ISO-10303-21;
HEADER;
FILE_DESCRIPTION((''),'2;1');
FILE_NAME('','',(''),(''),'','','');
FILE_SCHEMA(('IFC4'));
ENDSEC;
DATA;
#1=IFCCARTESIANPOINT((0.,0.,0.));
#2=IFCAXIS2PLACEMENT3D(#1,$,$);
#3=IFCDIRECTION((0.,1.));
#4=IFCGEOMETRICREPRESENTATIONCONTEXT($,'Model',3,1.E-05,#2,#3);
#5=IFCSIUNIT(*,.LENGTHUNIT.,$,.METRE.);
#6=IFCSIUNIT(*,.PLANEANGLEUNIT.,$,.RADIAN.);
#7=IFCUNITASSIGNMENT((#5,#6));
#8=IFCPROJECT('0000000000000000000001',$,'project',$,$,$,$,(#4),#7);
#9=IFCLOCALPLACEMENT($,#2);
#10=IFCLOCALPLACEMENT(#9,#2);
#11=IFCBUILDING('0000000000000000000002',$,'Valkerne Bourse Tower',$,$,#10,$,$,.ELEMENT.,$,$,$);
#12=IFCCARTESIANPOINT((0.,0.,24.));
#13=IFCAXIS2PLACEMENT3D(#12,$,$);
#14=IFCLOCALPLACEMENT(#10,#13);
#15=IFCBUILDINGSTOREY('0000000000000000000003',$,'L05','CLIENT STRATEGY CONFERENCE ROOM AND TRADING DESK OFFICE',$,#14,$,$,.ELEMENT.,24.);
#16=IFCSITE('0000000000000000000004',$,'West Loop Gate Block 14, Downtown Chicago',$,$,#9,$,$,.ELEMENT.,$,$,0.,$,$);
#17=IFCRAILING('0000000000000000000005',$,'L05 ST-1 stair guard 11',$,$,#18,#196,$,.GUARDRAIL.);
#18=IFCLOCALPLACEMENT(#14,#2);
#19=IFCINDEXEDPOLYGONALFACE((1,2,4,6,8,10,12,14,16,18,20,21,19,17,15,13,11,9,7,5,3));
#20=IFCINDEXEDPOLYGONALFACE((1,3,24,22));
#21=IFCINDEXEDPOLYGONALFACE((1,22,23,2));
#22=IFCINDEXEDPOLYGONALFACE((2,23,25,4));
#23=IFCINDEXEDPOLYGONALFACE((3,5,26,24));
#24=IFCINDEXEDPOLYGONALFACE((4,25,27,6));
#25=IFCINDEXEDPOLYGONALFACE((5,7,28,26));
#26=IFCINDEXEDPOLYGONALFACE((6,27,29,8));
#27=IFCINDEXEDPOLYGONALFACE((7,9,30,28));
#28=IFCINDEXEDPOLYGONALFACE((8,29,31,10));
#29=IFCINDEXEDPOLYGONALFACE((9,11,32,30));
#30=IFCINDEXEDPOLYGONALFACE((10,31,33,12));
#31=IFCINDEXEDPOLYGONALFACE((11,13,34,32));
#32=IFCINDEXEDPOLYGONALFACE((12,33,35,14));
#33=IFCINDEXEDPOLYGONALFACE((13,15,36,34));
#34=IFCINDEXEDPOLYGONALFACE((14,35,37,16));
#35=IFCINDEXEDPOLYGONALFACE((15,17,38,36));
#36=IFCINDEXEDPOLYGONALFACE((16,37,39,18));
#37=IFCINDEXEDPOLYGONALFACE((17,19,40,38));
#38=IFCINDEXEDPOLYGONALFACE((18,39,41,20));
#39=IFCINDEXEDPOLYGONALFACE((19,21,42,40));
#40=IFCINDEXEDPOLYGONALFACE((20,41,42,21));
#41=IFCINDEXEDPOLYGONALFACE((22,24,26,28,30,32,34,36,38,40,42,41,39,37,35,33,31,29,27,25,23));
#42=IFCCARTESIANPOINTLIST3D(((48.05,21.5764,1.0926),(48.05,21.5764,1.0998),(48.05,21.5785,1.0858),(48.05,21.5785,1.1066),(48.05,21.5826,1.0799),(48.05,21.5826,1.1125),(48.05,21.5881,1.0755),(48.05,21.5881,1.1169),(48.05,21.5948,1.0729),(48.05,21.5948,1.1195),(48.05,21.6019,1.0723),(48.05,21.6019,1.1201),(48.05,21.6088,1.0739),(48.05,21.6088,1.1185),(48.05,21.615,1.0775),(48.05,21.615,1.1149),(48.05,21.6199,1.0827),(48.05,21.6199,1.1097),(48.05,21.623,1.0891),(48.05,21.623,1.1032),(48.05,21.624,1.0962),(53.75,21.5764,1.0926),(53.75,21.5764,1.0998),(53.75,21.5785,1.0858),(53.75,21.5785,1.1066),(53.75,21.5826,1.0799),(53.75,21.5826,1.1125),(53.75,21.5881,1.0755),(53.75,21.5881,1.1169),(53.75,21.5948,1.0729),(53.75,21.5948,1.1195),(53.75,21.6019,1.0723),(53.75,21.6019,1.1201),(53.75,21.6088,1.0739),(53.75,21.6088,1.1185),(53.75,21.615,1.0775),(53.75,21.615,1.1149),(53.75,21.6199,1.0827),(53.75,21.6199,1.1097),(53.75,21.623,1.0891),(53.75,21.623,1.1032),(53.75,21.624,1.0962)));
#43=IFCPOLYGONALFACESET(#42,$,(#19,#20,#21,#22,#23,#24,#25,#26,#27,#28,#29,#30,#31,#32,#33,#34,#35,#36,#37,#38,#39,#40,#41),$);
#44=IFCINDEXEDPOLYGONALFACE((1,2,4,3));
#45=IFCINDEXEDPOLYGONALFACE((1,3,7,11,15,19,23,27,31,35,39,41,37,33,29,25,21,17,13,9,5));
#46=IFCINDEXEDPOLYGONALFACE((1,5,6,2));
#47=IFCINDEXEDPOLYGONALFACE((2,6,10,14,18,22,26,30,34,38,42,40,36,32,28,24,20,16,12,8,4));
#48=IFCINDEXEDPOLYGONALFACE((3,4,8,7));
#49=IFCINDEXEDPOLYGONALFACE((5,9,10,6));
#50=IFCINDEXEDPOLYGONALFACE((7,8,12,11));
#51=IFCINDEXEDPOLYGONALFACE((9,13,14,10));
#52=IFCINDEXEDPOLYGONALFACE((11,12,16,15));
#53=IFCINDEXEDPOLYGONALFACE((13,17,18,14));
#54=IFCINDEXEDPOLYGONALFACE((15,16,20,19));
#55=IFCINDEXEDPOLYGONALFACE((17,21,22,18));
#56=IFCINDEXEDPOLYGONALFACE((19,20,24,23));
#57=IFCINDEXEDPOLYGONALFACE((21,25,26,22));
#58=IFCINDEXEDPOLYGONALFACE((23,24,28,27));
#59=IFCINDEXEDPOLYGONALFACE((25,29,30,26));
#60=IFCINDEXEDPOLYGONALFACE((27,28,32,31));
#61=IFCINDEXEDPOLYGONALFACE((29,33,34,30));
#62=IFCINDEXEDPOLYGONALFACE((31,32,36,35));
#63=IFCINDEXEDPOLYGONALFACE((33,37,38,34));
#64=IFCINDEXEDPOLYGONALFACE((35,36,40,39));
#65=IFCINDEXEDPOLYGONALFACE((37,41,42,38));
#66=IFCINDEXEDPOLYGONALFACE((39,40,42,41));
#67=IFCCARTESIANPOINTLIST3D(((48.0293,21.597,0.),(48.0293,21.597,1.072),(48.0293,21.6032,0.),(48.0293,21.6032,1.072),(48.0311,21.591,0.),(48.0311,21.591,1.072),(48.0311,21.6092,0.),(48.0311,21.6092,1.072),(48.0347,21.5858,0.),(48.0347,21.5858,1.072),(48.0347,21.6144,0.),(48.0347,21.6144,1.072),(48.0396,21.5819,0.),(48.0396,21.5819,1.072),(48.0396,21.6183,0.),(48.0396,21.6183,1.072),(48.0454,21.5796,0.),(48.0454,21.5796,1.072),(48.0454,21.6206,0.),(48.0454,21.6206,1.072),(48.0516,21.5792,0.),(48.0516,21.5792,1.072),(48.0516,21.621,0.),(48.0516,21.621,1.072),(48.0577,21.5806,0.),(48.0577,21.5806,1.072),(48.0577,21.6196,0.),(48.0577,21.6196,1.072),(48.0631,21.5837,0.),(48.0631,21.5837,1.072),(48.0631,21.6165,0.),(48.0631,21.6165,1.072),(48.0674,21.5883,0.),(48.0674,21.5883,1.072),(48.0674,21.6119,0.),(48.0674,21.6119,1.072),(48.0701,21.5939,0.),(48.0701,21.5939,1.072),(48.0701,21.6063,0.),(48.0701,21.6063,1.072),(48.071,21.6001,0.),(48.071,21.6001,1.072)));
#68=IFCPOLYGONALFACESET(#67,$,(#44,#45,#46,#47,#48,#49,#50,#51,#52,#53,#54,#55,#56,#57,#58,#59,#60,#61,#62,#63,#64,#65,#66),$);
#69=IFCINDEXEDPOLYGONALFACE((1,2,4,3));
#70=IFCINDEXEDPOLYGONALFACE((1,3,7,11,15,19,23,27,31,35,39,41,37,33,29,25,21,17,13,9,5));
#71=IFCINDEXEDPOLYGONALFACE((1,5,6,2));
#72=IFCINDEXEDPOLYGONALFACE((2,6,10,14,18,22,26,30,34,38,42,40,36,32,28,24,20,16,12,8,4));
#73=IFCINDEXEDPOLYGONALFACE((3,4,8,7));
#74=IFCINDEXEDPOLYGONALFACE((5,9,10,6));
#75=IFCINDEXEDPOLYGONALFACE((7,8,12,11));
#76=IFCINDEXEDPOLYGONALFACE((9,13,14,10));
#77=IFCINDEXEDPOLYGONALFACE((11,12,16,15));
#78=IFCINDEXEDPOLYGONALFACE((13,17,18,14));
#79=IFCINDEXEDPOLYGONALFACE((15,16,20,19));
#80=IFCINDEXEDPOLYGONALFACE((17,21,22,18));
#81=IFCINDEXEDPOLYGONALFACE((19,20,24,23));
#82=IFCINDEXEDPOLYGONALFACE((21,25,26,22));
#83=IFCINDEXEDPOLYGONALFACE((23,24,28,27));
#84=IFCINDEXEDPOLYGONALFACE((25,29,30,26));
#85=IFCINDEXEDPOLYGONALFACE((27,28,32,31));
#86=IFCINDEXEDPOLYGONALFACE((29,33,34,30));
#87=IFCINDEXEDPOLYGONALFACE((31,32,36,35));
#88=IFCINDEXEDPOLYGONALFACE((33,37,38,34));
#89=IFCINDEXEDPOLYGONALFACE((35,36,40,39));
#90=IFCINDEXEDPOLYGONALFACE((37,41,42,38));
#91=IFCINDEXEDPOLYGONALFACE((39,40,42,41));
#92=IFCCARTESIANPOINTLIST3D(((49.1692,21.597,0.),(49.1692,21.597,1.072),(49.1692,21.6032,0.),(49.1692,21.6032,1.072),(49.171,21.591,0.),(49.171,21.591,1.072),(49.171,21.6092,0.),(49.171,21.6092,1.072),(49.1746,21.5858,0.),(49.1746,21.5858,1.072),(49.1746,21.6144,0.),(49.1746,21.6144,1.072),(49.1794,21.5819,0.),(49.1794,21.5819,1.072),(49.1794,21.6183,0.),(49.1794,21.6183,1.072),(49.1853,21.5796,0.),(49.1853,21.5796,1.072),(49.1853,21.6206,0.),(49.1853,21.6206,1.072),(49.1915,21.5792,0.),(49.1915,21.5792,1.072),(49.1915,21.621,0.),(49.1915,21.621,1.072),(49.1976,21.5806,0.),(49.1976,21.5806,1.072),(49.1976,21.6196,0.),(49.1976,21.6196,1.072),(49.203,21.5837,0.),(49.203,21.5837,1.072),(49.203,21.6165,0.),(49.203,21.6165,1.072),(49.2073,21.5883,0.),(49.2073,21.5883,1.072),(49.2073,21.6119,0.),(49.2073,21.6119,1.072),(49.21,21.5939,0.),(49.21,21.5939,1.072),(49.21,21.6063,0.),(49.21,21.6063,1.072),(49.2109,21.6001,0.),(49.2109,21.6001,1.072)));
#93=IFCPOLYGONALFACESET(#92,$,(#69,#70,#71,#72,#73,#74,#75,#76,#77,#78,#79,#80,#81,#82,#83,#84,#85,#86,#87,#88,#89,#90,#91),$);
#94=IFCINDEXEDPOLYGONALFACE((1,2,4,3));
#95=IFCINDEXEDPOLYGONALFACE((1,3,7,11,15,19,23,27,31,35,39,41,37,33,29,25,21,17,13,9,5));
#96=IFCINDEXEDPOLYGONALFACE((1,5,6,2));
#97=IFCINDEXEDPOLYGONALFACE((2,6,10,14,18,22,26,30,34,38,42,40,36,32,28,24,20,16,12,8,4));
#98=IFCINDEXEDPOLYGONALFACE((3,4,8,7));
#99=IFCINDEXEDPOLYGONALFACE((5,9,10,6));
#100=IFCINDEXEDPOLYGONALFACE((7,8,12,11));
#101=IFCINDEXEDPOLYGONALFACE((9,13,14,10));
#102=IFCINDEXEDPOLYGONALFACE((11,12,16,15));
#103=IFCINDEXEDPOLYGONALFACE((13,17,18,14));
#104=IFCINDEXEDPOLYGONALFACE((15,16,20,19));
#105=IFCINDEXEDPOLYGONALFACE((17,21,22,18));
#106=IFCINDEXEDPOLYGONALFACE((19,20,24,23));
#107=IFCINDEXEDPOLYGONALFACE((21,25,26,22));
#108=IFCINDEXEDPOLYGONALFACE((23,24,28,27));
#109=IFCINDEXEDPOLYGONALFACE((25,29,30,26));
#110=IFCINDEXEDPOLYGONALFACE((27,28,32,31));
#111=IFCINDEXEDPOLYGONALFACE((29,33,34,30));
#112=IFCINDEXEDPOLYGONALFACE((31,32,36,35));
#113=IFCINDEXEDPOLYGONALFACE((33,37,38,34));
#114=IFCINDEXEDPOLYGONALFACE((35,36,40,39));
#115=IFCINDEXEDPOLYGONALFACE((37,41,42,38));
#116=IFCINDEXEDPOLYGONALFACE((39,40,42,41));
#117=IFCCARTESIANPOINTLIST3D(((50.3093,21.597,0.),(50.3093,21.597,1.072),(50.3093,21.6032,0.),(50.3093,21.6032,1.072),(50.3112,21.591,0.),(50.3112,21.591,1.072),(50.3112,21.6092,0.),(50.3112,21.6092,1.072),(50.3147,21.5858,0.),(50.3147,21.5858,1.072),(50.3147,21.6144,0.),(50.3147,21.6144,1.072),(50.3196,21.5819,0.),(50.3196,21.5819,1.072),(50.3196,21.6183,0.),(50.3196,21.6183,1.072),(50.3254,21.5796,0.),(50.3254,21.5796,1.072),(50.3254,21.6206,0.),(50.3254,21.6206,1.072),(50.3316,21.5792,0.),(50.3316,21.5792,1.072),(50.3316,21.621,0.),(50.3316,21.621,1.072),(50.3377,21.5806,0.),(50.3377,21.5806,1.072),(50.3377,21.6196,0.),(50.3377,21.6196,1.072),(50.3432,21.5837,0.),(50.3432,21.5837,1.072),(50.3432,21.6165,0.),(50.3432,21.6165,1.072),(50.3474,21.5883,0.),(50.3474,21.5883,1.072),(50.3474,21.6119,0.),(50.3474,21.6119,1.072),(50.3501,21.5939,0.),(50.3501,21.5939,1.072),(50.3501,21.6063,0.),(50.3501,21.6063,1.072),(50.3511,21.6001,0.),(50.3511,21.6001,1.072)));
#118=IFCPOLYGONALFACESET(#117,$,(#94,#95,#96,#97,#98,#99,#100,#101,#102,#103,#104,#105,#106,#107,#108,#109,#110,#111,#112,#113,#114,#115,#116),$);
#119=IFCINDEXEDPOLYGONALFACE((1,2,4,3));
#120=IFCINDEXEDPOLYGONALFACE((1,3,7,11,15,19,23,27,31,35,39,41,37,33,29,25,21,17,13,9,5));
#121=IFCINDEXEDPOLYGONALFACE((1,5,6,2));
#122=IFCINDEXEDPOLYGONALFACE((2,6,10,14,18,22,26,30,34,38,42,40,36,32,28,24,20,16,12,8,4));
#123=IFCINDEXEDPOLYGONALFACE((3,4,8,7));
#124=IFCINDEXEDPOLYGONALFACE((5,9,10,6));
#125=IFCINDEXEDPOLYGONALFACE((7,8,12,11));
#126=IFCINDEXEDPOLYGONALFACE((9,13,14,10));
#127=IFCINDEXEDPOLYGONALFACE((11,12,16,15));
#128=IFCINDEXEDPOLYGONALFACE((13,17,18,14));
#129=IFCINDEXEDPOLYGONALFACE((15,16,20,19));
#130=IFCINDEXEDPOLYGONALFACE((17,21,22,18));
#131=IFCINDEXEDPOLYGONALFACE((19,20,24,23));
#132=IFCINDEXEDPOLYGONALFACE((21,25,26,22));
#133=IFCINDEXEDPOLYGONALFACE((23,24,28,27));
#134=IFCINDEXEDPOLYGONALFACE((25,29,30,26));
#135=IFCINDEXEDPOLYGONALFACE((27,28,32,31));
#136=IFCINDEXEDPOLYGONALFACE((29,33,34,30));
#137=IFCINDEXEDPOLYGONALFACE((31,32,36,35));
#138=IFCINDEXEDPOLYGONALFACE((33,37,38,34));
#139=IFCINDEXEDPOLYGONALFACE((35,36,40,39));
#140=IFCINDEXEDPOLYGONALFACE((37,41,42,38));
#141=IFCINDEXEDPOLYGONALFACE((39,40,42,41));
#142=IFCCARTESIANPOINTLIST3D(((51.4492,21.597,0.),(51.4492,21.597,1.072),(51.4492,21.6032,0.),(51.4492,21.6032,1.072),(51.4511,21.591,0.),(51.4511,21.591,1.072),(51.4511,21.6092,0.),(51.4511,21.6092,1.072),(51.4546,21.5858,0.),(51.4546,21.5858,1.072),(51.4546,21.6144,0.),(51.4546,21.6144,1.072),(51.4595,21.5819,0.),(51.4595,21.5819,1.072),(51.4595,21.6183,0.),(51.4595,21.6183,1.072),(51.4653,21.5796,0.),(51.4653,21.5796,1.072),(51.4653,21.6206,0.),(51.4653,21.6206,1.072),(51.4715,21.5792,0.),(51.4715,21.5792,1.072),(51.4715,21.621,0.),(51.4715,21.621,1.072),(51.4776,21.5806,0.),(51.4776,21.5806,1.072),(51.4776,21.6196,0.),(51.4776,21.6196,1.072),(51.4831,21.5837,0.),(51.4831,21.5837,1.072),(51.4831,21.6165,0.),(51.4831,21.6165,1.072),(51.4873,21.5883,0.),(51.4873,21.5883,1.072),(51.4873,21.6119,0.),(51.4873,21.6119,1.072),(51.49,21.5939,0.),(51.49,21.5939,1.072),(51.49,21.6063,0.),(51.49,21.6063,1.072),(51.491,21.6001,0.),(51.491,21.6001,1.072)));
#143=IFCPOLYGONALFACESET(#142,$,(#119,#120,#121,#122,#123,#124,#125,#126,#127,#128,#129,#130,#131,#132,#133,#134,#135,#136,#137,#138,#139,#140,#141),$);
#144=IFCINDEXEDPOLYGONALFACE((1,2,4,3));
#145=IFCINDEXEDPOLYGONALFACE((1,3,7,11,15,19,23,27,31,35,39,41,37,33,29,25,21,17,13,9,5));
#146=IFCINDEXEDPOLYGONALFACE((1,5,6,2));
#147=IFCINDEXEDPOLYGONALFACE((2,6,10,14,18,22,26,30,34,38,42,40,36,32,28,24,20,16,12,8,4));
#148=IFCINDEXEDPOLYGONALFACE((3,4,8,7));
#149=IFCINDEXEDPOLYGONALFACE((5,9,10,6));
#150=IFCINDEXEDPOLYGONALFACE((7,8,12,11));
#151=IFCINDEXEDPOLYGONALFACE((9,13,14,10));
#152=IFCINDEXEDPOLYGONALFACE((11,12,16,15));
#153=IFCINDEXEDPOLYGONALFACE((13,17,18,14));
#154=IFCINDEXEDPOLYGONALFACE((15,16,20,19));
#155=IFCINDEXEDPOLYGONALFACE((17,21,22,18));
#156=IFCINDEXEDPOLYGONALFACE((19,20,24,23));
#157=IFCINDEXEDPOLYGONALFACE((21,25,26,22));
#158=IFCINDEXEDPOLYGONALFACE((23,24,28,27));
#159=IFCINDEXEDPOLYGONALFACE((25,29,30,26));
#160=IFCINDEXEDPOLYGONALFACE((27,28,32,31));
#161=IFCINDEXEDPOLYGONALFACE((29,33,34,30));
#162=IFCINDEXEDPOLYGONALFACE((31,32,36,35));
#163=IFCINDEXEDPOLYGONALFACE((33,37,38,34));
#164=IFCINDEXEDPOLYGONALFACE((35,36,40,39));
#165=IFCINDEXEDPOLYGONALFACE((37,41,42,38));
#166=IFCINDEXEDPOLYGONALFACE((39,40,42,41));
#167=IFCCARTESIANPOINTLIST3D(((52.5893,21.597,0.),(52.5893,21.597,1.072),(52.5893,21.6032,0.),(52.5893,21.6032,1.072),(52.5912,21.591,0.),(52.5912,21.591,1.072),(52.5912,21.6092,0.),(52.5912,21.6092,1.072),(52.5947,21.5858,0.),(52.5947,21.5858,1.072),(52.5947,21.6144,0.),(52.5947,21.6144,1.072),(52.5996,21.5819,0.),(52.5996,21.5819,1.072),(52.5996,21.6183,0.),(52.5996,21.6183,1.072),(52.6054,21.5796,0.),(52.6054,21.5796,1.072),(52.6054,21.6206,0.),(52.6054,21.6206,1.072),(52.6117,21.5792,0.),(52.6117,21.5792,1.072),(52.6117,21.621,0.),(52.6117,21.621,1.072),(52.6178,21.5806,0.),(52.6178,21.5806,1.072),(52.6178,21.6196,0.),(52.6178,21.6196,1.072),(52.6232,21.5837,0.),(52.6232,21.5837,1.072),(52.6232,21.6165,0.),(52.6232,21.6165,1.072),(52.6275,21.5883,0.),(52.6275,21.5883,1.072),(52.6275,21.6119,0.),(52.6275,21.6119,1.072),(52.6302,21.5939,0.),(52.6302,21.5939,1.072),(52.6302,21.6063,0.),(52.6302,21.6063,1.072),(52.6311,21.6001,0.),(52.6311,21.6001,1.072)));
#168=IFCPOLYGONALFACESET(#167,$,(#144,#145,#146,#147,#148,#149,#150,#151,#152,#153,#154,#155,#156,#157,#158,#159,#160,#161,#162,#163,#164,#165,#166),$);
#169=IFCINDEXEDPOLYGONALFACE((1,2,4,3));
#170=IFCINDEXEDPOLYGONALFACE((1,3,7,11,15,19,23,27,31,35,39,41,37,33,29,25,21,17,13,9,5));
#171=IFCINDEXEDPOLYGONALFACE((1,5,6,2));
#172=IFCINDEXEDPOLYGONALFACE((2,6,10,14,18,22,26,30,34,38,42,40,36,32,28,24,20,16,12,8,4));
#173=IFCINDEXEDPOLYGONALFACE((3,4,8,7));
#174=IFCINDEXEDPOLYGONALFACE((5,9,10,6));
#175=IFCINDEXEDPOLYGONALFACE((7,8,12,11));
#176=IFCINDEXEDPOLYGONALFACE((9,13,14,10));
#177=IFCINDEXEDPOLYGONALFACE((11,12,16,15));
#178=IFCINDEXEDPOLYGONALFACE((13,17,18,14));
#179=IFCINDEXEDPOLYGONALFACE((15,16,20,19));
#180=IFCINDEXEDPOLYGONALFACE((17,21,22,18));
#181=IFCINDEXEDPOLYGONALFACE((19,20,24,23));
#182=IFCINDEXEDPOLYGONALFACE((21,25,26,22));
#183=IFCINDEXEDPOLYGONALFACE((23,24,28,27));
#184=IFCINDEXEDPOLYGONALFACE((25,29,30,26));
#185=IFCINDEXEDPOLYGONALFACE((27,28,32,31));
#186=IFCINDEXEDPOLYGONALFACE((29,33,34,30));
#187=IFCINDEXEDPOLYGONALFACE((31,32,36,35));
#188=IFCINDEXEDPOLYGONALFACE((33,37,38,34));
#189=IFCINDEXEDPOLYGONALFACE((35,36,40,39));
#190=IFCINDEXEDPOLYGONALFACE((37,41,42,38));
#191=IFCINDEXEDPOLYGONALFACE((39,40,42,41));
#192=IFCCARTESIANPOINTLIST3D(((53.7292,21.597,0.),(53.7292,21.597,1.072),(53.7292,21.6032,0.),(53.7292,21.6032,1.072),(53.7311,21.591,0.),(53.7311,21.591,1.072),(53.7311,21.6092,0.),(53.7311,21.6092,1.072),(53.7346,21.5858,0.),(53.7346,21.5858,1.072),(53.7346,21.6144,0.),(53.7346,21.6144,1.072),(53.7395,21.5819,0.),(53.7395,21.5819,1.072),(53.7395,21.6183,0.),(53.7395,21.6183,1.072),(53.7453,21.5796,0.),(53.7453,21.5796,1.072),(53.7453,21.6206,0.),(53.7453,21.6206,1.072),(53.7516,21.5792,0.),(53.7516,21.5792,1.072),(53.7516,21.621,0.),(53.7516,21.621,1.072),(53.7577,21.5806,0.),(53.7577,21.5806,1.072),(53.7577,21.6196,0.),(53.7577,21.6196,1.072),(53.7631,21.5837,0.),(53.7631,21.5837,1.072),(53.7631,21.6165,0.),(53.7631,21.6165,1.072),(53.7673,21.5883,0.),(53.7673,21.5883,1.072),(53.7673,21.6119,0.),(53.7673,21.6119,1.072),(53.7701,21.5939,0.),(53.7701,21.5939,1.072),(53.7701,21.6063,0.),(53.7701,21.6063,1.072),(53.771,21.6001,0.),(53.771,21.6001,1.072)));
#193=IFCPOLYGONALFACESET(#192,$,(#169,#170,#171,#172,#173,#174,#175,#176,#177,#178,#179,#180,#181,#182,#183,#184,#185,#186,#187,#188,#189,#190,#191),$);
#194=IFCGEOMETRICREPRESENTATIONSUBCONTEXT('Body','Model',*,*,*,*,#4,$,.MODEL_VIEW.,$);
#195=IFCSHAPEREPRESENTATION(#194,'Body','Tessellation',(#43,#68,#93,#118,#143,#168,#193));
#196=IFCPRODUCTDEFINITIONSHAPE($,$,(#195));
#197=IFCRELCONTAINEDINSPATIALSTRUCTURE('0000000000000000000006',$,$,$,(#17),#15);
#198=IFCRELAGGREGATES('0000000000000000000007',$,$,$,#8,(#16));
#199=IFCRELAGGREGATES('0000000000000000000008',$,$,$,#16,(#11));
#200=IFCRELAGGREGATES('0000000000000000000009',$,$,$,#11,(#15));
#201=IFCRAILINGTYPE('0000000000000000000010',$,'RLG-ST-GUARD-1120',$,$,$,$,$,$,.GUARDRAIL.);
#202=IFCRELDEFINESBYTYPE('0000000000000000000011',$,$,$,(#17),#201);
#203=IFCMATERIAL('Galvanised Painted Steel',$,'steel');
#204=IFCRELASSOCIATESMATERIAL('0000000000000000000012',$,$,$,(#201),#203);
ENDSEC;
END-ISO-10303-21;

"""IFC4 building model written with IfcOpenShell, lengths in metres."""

from ifc_helpers import new_model, si_unit, direction, frame, origin, origin_2d, place, context, subcontext, project, spatial, circle, extrude, material, type_object, element, save


model = new_model("IFC4")

# Units and contexts
model_context = context("Model", 3, precision=1e-05, world=origin(), true_north=direction((0.0, 1.0)))
body_context = subcontext(model_context, "Body", "Model", "MODEL_VIEW")
ifc_project = project(units=[si_unit("LENGTHUNIT", "METRE"), si_unit("PLANEANGLEUNIT", "RADIAN")], contexts=[model_context])

# Site, building, storey
site_placement = place(None, origin())
site = spatial("IfcSite", under=ifc_project, at=site_placement, Name="West Loop Gate Block 14, Downtown Chicago", CompositionType="ELEMENT", RefElevation=0.0)
building_placement = place(site_placement, origin())
building = spatial("IfcBuilding", under=site, at=building_placement, Name="Valkerne Bourse Tower", CompositionType="ELEMENT")
storey_placement = place(building_placement, frame((0.0, 0.0, 24.0)))
storey = spatial("IfcBuildingStorey", under=building, at=storey_placement, Name="L05", Description="CLIENT STRATEGY CONFERENCE ROOM AND TRADING DESK OFFICE", CompositionType="ELEMENT", Elevation=24.0)

# Shared definitions
ifc_material_1 = material(Name="Galvanised Painted Steel", Category="steel")

# Railing
railing_type_1 = type_object("IfcRailingType", Name="RLG-ST-GUARD-1120", PredefinedType="GUARDRAIL", material=ifc_material_1)
railing_1_placement = place(storey_placement, frame((48.05, 21.6001, 0.0)))
element("IfcRailing", 1, at=railing_1_placement, inside=storey, type_object=railing_type_1, Name="L05 ST-1 stair guard 11", PredefinedType="GUARDRAIL", context=body_context, shape_type="SweptSolid", body=[
    extrude(circle(Radius=0.0239, at=origin_2d()), frame((0.0, 0.0, 1.0962), z_axis=(1.0, 0.0, 0.0), x_axis=(0.0, 1.0, 0.0)), (0.0, 0.0, 1.0), 5.7),
    extrude(circle(Radius=0.021, at=origin_2d()), origin(), (0.0, 0.0, 1.0), 1.072),
    extrude(circle(Radius=0.021, at=origin_2d()), frame((1.1399, 0.0, 0.0)), (0.0, 0.0, 1.0), 1.072),
    extrude(circle(Radius=0.021, at=origin_2d()), frame((2.28, 0.0, 0.0)), (0.0, 0.0, 1.0), 1.072),
    extrude(circle(Radius=0.021, at=origin_2d()), frame((3.4199, 0.0, 0.0)), (0.0, 0.0, 1.0), 1.072),
    extrude(circle(Radius=0.021, at=origin_2d()), frame((4.5601, 0.0, 0.0)), (0.0, 0.0, 1.0), 1.072),
    extrude(circle(Radius=0.021, at=origin_2d()), frame((5.7, 0.0, 0.0)), (0.0, 0.0, 1.0), 1.072),
])

save(model, "model.ifc")
